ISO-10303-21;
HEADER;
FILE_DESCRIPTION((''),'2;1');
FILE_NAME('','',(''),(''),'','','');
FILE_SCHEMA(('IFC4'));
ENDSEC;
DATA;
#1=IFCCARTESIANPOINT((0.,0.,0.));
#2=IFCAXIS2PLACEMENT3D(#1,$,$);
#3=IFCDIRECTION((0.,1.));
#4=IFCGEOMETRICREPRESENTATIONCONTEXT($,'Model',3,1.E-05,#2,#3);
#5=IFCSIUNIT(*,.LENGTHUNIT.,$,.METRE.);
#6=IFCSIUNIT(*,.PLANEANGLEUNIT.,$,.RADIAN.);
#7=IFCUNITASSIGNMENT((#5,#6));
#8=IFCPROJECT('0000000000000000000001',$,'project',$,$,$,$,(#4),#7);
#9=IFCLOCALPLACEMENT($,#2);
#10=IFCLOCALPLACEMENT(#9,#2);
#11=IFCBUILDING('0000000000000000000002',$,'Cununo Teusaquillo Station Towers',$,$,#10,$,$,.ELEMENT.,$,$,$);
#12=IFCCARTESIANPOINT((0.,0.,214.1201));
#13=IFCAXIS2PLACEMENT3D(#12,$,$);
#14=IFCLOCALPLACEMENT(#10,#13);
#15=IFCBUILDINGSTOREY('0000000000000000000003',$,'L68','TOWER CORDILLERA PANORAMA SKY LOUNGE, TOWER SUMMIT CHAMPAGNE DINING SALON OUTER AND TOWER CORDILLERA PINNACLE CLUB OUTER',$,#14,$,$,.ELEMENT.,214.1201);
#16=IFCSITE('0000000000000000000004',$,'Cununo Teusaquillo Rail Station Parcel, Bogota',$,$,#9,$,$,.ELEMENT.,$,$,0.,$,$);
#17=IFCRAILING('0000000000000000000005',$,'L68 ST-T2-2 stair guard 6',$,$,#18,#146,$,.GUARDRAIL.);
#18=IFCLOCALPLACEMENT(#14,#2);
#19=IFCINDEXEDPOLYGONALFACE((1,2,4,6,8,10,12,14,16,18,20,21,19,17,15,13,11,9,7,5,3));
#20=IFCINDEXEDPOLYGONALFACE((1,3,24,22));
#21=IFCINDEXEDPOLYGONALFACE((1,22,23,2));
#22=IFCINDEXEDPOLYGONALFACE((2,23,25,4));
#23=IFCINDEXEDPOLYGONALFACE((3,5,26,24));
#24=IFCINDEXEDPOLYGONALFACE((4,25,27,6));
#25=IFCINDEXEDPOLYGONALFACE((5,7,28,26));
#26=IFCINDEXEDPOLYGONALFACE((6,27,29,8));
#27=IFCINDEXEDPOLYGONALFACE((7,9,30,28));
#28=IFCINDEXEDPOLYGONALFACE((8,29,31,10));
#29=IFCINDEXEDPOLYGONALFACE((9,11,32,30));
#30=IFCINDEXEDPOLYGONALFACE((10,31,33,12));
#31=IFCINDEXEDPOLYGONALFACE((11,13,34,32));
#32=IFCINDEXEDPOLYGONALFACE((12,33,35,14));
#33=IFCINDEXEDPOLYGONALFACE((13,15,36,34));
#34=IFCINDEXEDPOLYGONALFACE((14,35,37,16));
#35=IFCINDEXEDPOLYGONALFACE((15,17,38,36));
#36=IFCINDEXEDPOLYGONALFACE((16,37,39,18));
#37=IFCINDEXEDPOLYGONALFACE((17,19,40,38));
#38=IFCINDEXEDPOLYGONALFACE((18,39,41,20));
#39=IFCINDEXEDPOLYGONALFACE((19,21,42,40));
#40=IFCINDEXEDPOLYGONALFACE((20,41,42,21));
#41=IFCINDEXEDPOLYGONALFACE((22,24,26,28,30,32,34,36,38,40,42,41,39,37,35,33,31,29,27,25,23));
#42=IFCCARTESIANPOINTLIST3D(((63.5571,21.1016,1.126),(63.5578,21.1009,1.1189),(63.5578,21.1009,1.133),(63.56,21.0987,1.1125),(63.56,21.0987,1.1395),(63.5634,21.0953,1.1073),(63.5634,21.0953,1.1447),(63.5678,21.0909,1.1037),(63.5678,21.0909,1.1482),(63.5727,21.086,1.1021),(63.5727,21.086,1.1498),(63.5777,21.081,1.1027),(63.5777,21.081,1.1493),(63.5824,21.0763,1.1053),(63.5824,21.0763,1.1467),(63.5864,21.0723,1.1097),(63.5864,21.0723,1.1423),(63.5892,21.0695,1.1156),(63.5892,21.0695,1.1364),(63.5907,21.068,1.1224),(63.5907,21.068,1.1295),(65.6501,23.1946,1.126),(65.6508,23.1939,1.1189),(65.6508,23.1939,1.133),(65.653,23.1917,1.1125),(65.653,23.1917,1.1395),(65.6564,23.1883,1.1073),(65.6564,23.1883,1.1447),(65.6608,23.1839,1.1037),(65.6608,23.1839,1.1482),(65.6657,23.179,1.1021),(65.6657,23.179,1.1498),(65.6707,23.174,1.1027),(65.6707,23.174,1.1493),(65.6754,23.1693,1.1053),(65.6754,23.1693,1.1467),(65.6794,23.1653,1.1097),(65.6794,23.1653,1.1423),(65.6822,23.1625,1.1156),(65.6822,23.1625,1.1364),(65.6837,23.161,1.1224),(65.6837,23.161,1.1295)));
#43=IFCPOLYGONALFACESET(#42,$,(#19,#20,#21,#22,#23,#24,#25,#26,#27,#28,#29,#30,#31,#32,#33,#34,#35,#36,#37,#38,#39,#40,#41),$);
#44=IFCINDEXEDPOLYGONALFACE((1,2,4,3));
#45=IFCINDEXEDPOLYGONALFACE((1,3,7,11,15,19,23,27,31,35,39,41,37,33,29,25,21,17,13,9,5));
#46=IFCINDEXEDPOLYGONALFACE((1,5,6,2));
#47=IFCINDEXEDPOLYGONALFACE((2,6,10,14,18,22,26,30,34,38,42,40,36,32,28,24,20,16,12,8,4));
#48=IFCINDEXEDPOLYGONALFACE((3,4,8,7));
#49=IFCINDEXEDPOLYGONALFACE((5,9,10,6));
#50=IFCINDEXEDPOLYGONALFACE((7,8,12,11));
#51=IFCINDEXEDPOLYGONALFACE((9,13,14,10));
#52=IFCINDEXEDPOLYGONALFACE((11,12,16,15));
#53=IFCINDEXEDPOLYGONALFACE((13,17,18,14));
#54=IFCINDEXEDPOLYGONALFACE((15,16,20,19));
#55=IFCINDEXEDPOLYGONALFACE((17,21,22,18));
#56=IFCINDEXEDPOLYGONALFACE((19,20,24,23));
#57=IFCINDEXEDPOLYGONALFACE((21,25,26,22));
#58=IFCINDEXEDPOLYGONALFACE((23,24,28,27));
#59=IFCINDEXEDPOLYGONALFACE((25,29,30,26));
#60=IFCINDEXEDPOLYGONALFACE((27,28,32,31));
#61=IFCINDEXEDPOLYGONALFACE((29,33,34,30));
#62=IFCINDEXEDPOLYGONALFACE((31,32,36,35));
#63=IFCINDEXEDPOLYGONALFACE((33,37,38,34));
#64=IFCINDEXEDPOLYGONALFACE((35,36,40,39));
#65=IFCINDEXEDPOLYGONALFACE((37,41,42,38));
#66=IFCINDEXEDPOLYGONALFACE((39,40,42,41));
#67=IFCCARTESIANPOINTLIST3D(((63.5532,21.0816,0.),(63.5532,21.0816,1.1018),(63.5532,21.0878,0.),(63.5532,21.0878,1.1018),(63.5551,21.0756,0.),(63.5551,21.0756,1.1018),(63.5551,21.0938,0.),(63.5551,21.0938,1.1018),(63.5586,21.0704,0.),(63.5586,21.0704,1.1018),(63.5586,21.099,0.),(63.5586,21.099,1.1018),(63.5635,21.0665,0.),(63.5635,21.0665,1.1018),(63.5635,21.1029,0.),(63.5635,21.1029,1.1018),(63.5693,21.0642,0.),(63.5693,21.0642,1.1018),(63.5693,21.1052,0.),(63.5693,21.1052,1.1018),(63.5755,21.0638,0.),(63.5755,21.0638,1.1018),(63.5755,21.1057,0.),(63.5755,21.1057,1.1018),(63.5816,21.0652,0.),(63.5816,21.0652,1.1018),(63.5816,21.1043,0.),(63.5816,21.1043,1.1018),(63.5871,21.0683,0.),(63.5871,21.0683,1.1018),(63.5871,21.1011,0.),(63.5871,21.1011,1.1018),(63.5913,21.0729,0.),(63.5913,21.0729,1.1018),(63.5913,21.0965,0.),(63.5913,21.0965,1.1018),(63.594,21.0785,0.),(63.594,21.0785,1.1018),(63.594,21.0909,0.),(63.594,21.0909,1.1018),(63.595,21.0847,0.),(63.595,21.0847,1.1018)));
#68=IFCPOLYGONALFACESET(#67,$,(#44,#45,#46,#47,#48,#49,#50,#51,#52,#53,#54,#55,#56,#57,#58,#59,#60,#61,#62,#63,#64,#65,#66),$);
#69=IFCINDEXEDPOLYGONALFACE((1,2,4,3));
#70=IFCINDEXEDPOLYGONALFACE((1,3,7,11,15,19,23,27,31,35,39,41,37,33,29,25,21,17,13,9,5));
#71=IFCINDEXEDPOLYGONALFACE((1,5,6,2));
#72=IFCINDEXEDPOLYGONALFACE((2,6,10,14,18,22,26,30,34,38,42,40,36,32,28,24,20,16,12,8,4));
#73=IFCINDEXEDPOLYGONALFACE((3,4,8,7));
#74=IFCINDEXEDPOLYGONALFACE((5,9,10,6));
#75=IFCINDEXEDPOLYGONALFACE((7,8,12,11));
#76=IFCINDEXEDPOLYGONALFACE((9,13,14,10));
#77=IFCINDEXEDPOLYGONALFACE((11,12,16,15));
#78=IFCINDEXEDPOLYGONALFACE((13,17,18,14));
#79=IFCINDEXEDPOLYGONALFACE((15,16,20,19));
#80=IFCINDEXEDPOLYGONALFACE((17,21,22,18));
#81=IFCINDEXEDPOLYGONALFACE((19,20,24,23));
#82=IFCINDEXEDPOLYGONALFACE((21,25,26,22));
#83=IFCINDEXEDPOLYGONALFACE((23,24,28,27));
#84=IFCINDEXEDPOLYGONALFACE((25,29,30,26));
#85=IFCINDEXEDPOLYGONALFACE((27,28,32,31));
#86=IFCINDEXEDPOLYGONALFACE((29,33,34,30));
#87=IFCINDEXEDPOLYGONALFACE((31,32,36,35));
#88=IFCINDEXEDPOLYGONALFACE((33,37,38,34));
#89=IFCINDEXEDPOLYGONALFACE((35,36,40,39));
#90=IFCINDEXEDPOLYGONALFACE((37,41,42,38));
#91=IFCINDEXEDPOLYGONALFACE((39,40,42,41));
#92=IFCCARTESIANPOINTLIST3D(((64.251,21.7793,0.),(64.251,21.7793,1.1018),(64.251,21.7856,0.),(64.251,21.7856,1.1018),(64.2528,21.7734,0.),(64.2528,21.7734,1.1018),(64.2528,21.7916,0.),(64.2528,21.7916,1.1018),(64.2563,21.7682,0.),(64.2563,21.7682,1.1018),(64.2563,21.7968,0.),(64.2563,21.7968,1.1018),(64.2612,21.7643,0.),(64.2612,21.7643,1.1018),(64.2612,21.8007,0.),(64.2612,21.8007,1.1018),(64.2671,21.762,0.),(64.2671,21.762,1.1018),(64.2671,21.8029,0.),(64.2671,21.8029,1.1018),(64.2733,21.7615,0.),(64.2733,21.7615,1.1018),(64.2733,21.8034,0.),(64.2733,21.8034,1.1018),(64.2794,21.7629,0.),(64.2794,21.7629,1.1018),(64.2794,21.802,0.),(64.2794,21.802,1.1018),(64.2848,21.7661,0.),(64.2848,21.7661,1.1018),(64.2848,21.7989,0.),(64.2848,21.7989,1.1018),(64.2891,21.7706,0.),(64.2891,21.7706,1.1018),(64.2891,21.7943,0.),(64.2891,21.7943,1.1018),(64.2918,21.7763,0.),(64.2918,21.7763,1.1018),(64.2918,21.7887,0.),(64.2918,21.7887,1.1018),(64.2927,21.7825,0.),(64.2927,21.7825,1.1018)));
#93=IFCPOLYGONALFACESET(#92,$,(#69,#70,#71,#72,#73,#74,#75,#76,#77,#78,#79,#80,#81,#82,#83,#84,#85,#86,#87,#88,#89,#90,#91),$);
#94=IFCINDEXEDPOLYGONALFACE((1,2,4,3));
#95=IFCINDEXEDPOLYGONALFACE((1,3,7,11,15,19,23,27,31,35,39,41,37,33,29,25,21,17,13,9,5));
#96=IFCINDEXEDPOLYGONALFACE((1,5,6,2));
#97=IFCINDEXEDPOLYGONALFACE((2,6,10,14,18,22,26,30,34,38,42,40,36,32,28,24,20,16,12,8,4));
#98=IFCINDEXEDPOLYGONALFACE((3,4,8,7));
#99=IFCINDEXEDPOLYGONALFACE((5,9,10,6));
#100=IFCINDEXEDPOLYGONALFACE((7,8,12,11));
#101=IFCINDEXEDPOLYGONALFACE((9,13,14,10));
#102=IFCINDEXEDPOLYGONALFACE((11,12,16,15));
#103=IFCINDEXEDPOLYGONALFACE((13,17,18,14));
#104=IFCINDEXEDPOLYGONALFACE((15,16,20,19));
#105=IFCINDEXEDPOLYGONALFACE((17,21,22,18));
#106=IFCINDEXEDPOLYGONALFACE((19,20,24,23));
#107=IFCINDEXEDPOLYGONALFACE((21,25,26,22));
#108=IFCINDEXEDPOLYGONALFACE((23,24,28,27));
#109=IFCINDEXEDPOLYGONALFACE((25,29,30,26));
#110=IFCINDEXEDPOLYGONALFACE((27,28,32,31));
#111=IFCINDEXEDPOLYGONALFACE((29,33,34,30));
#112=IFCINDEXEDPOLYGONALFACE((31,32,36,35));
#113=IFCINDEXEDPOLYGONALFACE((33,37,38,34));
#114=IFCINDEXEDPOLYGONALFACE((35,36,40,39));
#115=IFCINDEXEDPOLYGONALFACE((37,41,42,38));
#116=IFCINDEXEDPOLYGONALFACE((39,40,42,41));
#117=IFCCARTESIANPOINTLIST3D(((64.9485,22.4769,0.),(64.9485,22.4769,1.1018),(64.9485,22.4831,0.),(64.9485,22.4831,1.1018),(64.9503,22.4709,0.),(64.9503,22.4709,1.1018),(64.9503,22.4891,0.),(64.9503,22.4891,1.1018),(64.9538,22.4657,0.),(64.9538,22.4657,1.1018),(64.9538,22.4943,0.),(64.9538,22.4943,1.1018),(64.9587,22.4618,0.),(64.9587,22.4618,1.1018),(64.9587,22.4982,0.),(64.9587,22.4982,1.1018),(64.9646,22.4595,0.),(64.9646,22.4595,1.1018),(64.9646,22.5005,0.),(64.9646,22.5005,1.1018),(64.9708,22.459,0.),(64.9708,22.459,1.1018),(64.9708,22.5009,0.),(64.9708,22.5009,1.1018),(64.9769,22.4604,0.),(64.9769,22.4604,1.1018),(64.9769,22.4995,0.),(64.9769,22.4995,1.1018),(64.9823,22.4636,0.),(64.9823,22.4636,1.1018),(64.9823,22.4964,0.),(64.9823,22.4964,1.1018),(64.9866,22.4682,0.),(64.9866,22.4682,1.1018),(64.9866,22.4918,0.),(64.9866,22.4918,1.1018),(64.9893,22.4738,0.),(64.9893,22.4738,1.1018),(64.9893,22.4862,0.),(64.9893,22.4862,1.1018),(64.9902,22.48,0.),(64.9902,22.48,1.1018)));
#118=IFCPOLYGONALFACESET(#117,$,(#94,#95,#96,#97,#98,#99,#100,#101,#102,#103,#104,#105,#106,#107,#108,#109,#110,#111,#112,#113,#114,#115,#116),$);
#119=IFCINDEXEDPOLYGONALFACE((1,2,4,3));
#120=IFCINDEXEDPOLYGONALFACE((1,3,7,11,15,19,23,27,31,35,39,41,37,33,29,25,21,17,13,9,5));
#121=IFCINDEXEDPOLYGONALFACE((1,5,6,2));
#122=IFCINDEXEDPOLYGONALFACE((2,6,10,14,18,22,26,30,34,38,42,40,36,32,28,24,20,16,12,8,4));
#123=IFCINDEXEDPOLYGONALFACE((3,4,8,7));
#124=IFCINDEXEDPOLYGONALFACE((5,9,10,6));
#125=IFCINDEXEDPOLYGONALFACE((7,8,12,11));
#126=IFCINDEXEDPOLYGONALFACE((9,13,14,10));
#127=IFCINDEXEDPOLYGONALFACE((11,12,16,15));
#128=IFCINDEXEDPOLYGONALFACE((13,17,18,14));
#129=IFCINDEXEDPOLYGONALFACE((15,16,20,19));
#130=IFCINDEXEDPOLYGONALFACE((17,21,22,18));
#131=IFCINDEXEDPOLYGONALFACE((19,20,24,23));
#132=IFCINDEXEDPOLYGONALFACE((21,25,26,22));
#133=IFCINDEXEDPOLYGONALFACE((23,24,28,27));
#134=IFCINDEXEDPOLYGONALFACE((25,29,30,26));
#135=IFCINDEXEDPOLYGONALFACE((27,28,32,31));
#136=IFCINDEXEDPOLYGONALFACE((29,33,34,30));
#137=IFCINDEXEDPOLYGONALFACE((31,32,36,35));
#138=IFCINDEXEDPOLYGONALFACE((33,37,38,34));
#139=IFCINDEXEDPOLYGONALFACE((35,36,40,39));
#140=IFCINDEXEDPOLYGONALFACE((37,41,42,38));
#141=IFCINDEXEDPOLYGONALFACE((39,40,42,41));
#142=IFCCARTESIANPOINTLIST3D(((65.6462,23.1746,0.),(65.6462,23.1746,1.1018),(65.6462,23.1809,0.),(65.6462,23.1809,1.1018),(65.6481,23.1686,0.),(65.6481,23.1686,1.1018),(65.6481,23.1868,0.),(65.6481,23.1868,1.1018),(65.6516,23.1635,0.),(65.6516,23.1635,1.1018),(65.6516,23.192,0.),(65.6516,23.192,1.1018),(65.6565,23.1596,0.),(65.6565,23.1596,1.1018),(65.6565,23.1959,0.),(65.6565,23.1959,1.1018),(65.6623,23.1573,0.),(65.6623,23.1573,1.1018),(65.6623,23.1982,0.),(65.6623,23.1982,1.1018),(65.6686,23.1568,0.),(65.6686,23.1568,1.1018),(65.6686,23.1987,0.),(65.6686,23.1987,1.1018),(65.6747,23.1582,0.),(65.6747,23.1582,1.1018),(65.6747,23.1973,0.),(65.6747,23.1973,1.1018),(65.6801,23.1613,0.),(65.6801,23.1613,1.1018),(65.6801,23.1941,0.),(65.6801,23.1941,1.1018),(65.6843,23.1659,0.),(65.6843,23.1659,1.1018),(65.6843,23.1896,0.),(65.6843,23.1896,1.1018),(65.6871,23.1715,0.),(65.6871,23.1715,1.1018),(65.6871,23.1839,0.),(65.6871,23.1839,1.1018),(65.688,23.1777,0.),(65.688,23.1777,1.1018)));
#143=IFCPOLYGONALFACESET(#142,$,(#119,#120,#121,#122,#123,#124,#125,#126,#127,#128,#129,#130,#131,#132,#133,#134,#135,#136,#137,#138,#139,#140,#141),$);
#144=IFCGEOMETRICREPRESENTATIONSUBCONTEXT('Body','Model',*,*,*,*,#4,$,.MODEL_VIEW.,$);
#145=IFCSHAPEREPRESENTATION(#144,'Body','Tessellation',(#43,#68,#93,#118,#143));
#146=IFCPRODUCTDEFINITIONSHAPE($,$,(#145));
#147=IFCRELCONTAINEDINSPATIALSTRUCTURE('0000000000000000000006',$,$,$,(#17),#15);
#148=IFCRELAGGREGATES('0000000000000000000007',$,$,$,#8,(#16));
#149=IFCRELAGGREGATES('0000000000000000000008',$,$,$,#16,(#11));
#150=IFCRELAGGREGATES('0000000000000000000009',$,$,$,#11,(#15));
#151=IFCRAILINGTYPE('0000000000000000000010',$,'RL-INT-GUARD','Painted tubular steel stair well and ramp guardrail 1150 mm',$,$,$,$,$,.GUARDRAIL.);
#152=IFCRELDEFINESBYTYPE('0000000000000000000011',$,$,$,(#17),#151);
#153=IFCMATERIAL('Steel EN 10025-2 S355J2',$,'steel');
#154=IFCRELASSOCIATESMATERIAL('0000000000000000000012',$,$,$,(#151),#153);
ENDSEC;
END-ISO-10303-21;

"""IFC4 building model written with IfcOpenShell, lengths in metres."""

from ifc_helpers import new_model, si_unit, direction, frame, origin, origin_2d, place, context, subcontext, project, spatial, circle, extrude, material, type_object, element, save


model = new_model("IFC4")

# Units and contexts
model_context = context("Model", 3, precision=1e-05, world=origin(), true_north=direction((0.0, 1.0)))
body_context = subcontext(model_context, "Body", "Model", "MODEL_VIEW")
ifc_project = project(units=[si_unit("LENGTHUNIT", "METRE"), si_unit("PLANEANGLEUNIT", "RADIAN")], contexts=[model_context])

# Site, building, storey
site_placement = place(None, origin())
site = spatial("IfcSite", under=ifc_project, at=site_placement, Name="Cununo Teusaquillo Rail Station Parcel, Bogota", CompositionType="ELEMENT", RefElevation=0.0)
building_placement = place(site_placement, origin())
building = spatial("IfcBuilding", under=site, at=building_placement, Name="Cununo Teusaquillo Station Towers", CompositionType="ELEMENT")
storey_placement = place(building_placement, frame((0.0, 0.0, 214.1201)))
storey = spatial("IfcBuildingStorey", under=building, at=storey_placement, Name="L68", Description="TOWER CORDILLERA PANORAMA SKY LOUNGE, TOWER SUMMIT CHAMPAGNE DINING SALON OUTER AND TOWER CORDILLERA PINNACLE CLUB OUTER", CompositionType="ELEMENT", Elevation=214.1201)

# Railing
ifc_material_1 = material(Name="Steel EN 10025-2 S355J2", Category="steel")
railing_type = type_object("IfcRailingType", Name="RL-INT-GUARD", Description="Painted tubular steel stair well and ramp guardrail 1150 mm", PredefinedType="GUARDRAIL", material=ifc_material_1)
railing_1_placement = place(storey_placement, frame((63.574, 21.0847, 0.0)))
element("IfcRailing", 1, at=railing_1_placement, inside=storey, type_object=railing_type, Name="L68 ST-T2-2 stair guard 6", PredefinedType="GUARDRAIL", context=body_context, shape_type="SweptSolid", body=[
    extrude(circle(Radius=0.0239, at=origin_2d()), frame((0.0, 0.0, 1.126), z_axis=(0.707107, 0.707107, 0.0), x_axis=(-0.707107, 0.707107, 0.0)), (0.0, 0.0, 1.0), 2.96),
    extrude(circle(Radius=0.021, at=origin_2d()), origin(), (0.0, 0.0, 1.0), 1.1018),
    extrude(circle(Radius=0.021, at=origin_2d()), frame((0.6978, 0.6978, 0.0)), (0.0, 0.0, 1.0), 1.1018),
    extrude(circle(Radius=0.021, at=origin_2d()), frame((1.3953, 1.3953, 0.0)), (0.0, 0.0, 1.0), 1.1018),
    extrude(circle(Radius=0.021, at=origin_2d()), frame((2.093, 2.093, 0.0)), (0.0, 0.0, 1.0), 1.1018),
])

save(model, "model.ifc")
